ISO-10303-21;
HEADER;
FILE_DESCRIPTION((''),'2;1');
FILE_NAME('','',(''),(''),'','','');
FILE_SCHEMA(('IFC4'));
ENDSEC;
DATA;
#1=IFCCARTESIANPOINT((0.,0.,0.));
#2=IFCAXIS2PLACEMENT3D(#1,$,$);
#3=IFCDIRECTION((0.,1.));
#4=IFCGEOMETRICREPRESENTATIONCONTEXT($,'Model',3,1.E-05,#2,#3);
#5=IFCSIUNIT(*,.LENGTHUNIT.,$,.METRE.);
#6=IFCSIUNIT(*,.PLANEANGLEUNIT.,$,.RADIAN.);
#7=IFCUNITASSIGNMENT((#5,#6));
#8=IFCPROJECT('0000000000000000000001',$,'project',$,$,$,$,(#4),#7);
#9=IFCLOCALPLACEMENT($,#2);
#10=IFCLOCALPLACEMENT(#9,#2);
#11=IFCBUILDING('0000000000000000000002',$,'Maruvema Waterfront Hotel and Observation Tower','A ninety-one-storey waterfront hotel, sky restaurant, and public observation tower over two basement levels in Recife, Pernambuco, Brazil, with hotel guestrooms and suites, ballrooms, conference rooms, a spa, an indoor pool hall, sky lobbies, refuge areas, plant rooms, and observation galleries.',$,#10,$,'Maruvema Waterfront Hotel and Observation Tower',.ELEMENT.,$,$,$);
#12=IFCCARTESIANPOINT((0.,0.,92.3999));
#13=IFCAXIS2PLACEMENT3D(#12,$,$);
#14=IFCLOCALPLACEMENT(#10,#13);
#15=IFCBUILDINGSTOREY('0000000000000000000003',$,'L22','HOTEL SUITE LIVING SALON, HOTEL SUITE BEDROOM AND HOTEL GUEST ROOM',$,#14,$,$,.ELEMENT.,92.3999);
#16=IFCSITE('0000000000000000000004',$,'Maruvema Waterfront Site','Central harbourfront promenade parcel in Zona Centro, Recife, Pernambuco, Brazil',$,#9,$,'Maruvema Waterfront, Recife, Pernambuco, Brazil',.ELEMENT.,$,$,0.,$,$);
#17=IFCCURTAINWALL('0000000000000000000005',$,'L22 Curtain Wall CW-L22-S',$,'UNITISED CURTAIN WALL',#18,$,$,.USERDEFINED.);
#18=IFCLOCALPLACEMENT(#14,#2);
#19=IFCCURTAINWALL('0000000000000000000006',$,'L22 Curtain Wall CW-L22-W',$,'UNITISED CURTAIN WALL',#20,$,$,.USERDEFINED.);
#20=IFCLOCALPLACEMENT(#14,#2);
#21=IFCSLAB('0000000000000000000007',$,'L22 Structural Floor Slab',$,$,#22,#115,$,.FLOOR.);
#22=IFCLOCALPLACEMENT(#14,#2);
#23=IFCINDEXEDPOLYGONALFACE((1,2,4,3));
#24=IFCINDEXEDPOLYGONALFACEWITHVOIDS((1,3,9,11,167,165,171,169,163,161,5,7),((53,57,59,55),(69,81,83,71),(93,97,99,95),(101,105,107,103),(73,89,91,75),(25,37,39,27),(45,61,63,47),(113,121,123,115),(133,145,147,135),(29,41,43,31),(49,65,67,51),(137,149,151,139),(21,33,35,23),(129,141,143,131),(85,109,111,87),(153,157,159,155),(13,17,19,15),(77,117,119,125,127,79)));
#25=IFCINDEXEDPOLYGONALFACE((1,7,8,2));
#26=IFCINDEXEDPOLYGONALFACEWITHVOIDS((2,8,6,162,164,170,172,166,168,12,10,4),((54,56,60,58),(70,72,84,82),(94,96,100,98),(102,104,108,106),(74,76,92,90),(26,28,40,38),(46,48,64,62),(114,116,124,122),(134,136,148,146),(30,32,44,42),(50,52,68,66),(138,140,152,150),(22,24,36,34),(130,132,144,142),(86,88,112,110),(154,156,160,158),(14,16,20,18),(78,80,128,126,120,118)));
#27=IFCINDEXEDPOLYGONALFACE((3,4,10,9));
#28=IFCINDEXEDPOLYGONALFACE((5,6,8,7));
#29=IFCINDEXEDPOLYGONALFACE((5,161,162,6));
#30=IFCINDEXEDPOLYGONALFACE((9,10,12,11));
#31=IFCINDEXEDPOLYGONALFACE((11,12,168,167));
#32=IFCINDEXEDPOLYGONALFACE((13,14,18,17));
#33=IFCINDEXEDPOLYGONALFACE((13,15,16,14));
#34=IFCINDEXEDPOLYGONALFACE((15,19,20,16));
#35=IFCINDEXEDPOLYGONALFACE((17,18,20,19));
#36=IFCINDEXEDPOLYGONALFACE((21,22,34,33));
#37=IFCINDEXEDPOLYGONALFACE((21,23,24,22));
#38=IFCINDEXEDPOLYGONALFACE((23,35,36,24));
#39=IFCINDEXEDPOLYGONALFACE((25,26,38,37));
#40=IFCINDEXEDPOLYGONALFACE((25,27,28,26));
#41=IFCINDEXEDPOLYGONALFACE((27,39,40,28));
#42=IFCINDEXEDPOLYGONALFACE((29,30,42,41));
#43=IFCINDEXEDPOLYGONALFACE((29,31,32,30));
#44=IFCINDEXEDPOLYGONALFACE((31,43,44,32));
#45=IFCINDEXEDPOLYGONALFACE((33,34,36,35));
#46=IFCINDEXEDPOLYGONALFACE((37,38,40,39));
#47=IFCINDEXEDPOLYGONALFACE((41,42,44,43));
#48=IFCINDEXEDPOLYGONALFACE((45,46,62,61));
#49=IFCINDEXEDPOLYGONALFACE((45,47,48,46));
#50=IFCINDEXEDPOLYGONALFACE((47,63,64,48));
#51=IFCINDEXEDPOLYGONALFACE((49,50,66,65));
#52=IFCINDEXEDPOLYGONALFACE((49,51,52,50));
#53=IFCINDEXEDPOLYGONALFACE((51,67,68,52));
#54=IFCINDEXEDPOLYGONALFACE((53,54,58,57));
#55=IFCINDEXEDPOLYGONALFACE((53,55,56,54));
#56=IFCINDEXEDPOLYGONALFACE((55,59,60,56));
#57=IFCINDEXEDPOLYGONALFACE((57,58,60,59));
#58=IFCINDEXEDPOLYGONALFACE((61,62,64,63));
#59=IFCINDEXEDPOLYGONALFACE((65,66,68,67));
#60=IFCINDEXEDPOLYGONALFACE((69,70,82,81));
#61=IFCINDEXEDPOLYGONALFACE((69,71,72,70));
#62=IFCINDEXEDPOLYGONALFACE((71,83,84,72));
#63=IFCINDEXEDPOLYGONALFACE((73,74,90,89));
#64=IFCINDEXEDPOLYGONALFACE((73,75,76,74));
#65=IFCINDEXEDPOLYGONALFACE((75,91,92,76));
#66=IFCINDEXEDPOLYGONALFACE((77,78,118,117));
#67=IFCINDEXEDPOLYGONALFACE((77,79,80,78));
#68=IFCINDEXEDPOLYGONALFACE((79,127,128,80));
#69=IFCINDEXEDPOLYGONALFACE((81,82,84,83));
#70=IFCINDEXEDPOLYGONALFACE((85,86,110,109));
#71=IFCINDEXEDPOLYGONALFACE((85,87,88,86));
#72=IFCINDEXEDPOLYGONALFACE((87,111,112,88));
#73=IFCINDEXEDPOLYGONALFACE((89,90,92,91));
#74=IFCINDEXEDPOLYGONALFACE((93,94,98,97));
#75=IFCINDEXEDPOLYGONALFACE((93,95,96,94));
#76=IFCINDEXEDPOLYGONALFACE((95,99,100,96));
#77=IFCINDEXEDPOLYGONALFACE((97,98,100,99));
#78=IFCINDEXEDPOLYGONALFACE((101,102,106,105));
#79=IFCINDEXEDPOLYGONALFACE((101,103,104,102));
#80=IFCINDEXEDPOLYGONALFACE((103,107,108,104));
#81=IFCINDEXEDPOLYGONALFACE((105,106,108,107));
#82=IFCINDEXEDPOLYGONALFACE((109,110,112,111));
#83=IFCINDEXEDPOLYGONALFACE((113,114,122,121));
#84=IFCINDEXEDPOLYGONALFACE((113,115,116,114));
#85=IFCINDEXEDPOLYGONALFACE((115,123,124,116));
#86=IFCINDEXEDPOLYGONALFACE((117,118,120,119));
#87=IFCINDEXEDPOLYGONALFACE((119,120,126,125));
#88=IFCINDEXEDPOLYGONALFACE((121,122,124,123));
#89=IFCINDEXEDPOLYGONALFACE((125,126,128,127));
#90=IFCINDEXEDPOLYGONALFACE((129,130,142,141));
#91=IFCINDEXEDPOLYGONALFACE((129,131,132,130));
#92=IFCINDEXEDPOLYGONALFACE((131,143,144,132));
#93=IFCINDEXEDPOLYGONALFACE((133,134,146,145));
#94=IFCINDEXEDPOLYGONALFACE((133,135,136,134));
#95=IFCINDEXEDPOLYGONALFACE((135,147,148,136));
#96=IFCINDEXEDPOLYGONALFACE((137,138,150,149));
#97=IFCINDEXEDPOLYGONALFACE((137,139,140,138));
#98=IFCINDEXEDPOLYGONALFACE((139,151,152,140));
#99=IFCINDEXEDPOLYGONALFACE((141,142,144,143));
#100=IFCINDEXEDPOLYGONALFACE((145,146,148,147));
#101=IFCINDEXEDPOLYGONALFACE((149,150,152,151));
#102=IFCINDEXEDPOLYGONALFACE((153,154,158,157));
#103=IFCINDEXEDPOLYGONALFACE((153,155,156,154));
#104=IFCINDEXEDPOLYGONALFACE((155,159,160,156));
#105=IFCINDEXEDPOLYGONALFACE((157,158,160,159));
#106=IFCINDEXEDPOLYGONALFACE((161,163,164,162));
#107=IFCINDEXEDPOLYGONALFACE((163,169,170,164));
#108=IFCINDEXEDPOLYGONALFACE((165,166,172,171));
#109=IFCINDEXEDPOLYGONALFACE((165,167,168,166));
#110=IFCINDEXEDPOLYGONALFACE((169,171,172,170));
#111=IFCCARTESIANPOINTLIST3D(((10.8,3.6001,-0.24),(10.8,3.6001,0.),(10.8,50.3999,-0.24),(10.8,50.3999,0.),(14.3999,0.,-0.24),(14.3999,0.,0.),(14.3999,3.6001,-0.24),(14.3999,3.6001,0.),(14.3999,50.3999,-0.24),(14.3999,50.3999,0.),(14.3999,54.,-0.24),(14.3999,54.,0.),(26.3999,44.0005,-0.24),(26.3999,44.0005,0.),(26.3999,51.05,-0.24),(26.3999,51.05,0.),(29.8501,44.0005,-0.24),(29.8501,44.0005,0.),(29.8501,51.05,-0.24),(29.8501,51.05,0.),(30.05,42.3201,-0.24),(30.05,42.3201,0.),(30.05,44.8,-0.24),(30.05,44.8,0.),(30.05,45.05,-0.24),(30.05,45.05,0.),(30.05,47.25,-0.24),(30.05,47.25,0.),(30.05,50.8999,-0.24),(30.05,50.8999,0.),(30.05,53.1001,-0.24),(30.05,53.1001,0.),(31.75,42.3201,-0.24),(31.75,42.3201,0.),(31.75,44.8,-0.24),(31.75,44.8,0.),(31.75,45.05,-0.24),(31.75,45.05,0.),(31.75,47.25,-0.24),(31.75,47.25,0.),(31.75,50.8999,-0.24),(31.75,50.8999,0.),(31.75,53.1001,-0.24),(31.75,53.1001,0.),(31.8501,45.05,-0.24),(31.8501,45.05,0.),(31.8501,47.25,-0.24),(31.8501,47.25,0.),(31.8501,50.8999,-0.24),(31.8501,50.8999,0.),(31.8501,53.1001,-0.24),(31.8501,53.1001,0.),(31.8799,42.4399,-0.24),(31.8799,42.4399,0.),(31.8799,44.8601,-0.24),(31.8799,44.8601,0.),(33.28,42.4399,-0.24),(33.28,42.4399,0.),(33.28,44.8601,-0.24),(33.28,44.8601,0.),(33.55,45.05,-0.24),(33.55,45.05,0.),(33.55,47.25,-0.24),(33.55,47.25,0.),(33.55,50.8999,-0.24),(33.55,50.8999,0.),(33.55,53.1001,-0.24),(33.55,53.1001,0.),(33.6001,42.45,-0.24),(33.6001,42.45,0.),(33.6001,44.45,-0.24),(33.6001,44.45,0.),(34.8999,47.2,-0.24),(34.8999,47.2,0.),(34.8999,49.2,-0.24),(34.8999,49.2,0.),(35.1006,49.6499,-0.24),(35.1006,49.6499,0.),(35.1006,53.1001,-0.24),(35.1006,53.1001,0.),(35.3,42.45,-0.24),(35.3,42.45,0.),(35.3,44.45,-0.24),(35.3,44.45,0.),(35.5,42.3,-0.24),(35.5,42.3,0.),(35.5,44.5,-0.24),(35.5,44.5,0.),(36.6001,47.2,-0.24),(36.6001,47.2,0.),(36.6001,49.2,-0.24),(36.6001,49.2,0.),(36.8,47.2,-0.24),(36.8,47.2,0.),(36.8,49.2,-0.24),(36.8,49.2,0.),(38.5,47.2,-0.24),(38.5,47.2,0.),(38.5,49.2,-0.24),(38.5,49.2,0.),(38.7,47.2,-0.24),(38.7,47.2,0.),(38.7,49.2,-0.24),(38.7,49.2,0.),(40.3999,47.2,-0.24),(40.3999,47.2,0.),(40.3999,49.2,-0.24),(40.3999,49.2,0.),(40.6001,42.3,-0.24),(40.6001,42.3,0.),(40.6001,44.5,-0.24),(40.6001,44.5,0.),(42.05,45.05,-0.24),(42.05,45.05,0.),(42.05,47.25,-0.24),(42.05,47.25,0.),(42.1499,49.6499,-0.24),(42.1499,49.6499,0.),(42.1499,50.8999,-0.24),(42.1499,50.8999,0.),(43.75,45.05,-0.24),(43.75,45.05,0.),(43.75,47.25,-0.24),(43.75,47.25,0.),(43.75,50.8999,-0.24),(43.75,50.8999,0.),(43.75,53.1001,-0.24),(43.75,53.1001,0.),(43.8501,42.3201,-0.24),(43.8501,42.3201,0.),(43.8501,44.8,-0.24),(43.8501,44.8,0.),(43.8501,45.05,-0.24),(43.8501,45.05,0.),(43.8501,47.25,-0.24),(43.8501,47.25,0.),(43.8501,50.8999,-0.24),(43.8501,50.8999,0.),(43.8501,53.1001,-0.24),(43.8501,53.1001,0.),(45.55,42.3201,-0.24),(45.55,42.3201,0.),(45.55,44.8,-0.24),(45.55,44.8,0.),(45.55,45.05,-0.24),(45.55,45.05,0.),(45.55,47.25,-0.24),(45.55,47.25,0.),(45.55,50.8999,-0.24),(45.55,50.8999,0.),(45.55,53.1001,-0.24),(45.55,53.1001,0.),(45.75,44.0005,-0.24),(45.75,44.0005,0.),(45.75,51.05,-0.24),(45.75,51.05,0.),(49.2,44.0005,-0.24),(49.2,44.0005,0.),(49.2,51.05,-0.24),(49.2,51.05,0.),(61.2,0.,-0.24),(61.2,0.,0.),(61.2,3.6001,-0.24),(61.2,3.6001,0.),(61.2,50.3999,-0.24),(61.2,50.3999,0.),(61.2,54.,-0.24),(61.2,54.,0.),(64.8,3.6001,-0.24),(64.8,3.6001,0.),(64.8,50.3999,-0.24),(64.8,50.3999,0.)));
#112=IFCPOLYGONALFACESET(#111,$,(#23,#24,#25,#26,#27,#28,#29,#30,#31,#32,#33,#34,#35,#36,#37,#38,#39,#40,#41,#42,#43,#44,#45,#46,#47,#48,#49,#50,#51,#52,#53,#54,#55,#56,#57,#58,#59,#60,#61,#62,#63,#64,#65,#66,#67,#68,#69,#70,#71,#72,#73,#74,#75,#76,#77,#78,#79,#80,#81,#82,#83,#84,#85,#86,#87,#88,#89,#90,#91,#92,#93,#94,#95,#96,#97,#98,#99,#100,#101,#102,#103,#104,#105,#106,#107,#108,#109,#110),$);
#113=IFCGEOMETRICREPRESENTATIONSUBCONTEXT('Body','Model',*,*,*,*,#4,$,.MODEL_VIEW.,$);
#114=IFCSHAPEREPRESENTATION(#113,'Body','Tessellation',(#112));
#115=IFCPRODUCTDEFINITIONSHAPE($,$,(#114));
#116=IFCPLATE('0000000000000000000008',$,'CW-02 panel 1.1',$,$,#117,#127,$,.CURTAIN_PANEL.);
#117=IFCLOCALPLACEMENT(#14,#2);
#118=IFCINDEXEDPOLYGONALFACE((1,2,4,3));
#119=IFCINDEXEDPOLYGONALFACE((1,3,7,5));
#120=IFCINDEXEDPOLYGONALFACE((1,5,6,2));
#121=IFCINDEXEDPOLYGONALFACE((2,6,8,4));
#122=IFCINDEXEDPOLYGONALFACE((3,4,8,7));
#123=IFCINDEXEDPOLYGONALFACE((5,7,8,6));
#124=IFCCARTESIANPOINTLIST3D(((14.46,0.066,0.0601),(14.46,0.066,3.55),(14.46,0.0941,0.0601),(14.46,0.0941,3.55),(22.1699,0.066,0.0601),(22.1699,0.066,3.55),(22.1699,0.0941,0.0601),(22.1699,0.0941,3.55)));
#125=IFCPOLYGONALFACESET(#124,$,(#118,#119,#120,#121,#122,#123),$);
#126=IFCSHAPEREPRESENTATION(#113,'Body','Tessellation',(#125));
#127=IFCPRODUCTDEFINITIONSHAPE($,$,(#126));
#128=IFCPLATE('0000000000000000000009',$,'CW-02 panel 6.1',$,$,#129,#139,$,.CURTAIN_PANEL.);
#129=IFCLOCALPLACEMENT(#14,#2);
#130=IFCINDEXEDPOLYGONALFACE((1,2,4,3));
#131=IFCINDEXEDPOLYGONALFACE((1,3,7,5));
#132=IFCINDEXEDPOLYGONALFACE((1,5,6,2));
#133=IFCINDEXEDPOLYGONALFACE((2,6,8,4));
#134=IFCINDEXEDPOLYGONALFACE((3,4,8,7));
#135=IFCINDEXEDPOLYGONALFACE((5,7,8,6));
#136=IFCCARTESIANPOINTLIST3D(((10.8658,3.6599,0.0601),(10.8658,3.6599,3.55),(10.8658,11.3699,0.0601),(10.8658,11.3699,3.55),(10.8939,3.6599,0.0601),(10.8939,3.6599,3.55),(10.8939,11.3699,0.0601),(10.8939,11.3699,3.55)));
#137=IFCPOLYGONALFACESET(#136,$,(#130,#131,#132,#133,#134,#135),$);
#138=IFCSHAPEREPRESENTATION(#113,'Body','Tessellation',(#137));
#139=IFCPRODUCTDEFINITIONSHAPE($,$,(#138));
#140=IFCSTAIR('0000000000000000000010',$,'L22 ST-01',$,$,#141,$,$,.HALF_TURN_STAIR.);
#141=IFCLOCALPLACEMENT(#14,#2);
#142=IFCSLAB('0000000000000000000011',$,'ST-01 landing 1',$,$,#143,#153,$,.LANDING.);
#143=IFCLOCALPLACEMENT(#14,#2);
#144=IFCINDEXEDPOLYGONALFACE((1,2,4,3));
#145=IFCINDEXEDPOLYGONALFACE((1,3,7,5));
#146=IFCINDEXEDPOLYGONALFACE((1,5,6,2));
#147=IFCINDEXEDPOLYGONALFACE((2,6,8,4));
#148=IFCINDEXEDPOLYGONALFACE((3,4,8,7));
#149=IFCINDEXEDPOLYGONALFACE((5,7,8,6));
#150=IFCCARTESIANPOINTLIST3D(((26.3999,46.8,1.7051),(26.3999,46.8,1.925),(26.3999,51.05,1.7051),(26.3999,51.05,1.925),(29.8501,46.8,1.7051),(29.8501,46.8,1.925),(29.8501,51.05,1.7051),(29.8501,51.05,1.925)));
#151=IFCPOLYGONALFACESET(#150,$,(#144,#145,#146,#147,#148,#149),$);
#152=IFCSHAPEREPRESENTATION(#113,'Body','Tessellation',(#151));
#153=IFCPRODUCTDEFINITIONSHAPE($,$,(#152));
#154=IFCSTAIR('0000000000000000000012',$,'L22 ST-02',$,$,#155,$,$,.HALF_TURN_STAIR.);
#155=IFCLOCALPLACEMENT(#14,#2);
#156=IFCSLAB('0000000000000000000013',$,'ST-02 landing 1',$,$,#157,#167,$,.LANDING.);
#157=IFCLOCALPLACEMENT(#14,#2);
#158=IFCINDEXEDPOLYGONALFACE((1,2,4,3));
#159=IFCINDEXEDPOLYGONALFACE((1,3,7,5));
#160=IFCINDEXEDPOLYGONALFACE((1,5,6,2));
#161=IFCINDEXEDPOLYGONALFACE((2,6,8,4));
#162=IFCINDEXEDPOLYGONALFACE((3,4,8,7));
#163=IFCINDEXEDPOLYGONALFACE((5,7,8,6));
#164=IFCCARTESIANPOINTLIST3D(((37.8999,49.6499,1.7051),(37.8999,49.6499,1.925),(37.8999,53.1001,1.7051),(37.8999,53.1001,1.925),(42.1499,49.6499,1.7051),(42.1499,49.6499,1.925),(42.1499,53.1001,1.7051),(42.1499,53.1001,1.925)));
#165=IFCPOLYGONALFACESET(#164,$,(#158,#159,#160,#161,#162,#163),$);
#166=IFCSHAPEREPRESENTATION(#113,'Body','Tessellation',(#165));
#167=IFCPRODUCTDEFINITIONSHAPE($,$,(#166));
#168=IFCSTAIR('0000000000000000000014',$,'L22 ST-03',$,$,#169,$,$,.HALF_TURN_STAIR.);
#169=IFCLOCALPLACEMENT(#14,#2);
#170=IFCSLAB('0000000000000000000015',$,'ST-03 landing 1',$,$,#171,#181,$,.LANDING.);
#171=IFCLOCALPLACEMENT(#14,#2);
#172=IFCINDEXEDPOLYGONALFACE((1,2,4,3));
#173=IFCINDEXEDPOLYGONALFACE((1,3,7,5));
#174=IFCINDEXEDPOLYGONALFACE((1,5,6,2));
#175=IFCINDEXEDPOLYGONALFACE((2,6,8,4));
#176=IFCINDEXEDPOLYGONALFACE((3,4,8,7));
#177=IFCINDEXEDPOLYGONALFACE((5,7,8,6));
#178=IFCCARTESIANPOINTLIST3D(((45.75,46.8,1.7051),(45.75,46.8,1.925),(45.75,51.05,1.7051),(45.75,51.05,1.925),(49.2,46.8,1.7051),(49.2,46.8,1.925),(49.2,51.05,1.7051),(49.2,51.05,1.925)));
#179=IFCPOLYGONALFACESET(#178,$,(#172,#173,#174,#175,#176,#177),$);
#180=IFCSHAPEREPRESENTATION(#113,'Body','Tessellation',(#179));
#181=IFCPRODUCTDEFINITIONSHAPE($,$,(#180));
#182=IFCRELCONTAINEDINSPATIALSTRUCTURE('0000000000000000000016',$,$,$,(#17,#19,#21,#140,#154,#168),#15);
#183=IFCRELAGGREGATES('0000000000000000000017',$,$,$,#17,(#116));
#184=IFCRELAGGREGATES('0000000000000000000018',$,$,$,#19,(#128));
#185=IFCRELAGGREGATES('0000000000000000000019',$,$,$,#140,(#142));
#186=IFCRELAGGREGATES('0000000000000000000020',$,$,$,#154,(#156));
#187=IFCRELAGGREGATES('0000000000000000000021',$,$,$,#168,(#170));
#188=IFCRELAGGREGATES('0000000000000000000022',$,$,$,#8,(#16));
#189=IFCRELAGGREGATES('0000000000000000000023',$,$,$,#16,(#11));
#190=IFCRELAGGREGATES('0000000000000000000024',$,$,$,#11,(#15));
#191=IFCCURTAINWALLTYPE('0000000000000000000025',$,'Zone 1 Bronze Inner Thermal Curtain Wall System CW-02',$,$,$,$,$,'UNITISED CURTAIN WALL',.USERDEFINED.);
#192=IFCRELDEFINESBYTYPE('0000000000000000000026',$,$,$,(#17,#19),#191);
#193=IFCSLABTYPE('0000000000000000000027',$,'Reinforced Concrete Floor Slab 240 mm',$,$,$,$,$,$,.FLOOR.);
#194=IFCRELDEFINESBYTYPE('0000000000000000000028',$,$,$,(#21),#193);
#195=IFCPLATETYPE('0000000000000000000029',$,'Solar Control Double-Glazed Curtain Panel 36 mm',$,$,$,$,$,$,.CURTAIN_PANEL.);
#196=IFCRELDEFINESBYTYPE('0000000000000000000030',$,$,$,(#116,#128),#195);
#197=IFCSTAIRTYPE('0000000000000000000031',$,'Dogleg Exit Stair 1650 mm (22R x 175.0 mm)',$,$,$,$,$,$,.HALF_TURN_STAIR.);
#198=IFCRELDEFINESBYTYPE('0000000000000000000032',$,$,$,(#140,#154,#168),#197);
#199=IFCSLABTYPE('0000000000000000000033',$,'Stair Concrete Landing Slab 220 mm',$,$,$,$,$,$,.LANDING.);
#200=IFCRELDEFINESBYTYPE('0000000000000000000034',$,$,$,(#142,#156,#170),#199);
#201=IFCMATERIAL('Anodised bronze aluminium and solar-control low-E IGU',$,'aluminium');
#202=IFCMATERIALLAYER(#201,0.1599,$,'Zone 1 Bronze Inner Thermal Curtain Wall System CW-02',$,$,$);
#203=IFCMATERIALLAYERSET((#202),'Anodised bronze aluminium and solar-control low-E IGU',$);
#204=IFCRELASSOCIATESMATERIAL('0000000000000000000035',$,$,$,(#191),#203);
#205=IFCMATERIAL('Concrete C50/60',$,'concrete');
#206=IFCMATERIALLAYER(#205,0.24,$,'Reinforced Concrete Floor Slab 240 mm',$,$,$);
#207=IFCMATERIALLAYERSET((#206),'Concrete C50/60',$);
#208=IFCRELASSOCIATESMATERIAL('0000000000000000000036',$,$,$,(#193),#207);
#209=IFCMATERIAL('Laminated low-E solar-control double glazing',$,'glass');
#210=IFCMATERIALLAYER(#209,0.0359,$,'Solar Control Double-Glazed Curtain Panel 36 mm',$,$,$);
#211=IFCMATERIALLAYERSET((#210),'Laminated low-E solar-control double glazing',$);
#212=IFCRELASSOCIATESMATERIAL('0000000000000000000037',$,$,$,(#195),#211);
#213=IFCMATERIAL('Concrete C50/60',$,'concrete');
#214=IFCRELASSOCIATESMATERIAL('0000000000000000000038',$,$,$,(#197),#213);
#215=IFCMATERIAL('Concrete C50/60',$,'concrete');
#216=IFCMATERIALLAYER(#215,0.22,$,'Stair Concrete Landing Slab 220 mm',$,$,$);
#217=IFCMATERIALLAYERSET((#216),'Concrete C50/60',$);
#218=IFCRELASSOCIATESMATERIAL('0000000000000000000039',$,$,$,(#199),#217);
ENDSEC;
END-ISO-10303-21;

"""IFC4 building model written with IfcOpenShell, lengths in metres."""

from ifc_helpers import new_model, si_unit, direction, frame, origin, origin_2d, place, context, subcontext, project, spatial, polyline, rectangle, outline, extrude, material, layer, layer_set, type_object, element, aggregate, save


model = new_model("IFC4")

# Units and contexts
model_context = context("Model", 3, precision=1e-05, world=origin(), true_north=direction((0.0, 1.0)))
body_context = subcontext(model_context, "Body", "Model", "MODEL_VIEW")
ifc_project = project(units=[si_unit("LENGTHUNIT", "METRE"), si_unit("PLANEANGLEUNIT", "RADIAN")], contexts=[model_context])

# Site, building, storey
site_placement = place(None, origin())
site = spatial("IfcSite", under=ifc_project, at=site_placement, Name="Maruvema Waterfront Site", Description="Central harbourfront promenade parcel in Zona Centro, Recife, Pernambuco, Brazil", LongName="Maruvema Waterfront, Recife, Pernambuco, Brazil", CompositionType="ELEMENT", RefElevation=0.0)
building_placement = place(site_placement, origin())
building = spatial("IfcBuilding", under=site, at=building_placement, Name="Maruvema Waterfront Hotel and Observation Tower", Description="A ninety-one-storey waterfront hotel, sky restaurant, and public observation tower over two basement levels in Recife, Pernambuco, Brazil, with hotel guestrooms and suites, ballrooms, conference rooms, a spa, an indoor pool hall, sky lobbies, refuge areas, plant rooms, and observation galleries.", LongName="Maruvema Waterfront Hotel and Observation Tower", CompositionType="ELEMENT")
storey_placement = place(building_placement, frame((0.0, 0.0, 92.3999)))
storey = spatial("IfcBuildingStorey", under=building, at=storey_placement, Name="L22", Description="HOTEL SUITE LIVING SALON, HOTEL SUITE BEDROOM AND HOTEL GUEST ROOM", CompositionType="ELEMENT", Elevation=92.3999)

# Curtain walls
ifc_material_1 = material(Name="Anodised bronze aluminium and solar-control low-E IGU", Category="aluminium")
ifc_layer_1 = layer(ifc_material_1, 0.1599, Name="Zone 1 Bronze Inner Thermal Curtain Wall System CW-02")
ifc_layer_set_1 = layer_set([ifc_layer_1], Name="Anodised bronze aluminium and solar-control low-E IGU")
curtain_wall_type = type_object("IfcCurtainWallType", Name="Zone 1 Bronze Inner Thermal Curtain Wall System CW-02", ElementType="UNITISED CURTAIN WALL", PredefinedType="USERDEFINED", material=ifc_layer_set_1)
curtain_wall_1_placement = place(storey_placement, origin())
curtain_wall_1 = element("IfcCurtainWall", 1, at=curtain_wall_1_placement, inside=storey, type_object=curtain_wall_type, Name="L22 Curtain Wall CW-L22-S", ObjectType="UNITISED CURTAIN WALL", PredefinedType="USERDEFINED")
curtain_wall_2_placement = place(storey_placement, origin())
curtain_wall_2 = element("IfcCurtainWall", 2, at=curtain_wall_2_placement, inside=storey, type_object=curtain_wall_type, Name="L22 Curtain Wall CW-L22-W", ObjectType="UNITISED CURTAIN WALL", PredefinedType="USERDEFINED")

# Slab
ifc_material_2 = material(Name="Concrete C50/60", Category="concrete")
ifc_layer_2 = layer(ifc_material_2, 0.24, Name="Reinforced Concrete Floor Slab 240 mm")
ifc_layer_set_2 = layer_set([ifc_layer_2], Name="Concrete C50/60")
slab_type_1 = type_object("IfcSlabType", Name="Reinforced Concrete Floor Slab 240 mm", PredefinedType="FLOOR", material=ifc_layer_set_2)
slab_1_placement = place(storey_placement, frame((0.0, 0.0, -0.24)))
element("IfcSlab", 3, at=slab_1_placement, inside=storey, type_object=slab_type_1, Name="L22 Structural Floor Slab", PredefinedType="FLOOR", context=body_context, shape_type="SweptSolid", body=[
    extrude(outline(polyline([(14.3999, 0.0), (61.2, 0.0), (61.2, 3.6001), (64.8, 3.6001), (64.8, 50.3999), (61.2, 50.3999), (61.2, 54.0), (14.3999, 54.0), (14.3999, 50.3999), (10.8, 50.3999), (10.8, 3.6001), (14.3999, 3.6001), (14.3999, 0.0)]), holes=[polyline([(26.3999, 44.0005), (26.3999, 51.05), (29.8501, 51.05), (29.8501, 44.0005), (26.3999, 44.0005)]), polyline([(30.05, 44.8), (31.75, 44.8), (31.75, 42.3201), (30.05, 42.3201), (30.05, 44.8)]), polyline([(31.75, 47.25), (31.75, 45.05), (30.05, 45.05), (30.05, 47.25), (31.75, 47.25)]), polyline([(31.75, 53.1001), (31.75, 50.8999), (30.05, 50.8999), (30.05, 53.1001), (31.75, 53.1001)]), polyline([(33.28, 44.8601), (33.28, 42.4399), (31.8799, 42.4399), (31.8799, 44.8601), (33.28, 44.8601)]), polyline([(31.8501, 47.25), (33.55, 47.25), (33.55, 45.05), (31.8501, 45.05), (31.8501, 47.25)]), polyline([(31.8501, 53.1001), (33.55, 53.1001), (33.55, 50.8999), (31.8501, 50.8999), (31.8501, 53.1001)]), polyline([(33.6001, 44.45), (35.3, 44.45), (35.3, 42.45), (33.6001, 42.45), (33.6001, 44.45)]), polyline([(34.8999, 49.2), (36.6001, 49.2), (36.6001, 47.2), (34.8999, 47.2), (34.8999, 49.2)]), polyline([(38.5, 49.2), (38.5, 47.2), (36.8, 47.2), (36.8, 49.2), (38.5, 49.2)]), polyline([(35.5, 44.5), (40.6001, 44.5), (40.6001, 42.3), (35.5, 42.3), (35.5, 44.5)]), polyline([(43.75, 50.8999), (42.1499, 50.8999), (42.1499, 49.6499), (35.1006, 49.6499), (35.1006, 53.1001), (43.75, 53.1001), (43.75, 50.8999)]), polyline([(40.3999, 49.2), (40.3999, 47.2), (38.7, 47.2), (38.7, 49.2), (40.3999, 49.2)]), polyline([(43.75, 47.25), (43.75, 45.05), (42.05, 45.05), (42.05, 47.25), (43.75, 47.25)]), polyline([(45.55, 44.8), (45.55, 42.3201), (43.8501, 42.3201), (43.8501, 44.8), (45.55, 44.8)]), polyline([(43.8501, 47.25), (45.55, 47.25), (45.55, 45.05), (43.8501, 45.05), (43.8501, 47.25)]), polyline([(45.55, 53.1001), (45.55, 50.8999), (43.8501, 50.8999), (43.8501, 53.1001), (45.55, 53.1001)]), polyline([(45.75, 51.05), (49.2, 51.05), (49.2, 44.0005), (45.75, 44.0005), (45.75, 51.05)])]), origin(), (0.0, 0.0, 1.0), 0.24),
])

# Plates
ifc_material_3 = material(Name="Laminated low-E solar-control double glazing", Category="glass")
ifc_layer_3 = layer(ifc_material_3, 0.0359, Name="Solar Control Double-Glazed Curtain Panel 36 mm")
ifc_layer_set_3 = layer_set([ifc_layer_3], Name="Laminated low-E solar-control double glazing")
plate_type = type_object("IfcPlateType", Name="Solar Control Double-Glazed Curtain Panel 36 mm", PredefinedType="CURTAIN_PANEL", material=ifc_layer_set_3)
plate_1_placement = place(storey_placement, frame((18.3149, 0.0801, 0.0601), z_axis=(0.0, 0.0, 1.0), x_axis=(1.0, 0.0, 0.0)))
plate_1 = element("IfcPlate", 4, at=plate_1_placement, type_object=plate_type, Name="CW-02 panel 1.1", PredefinedType="CURTAIN_PANEL", context=body_context, shape_type="SweptSolid", body=[
    extrude(rectangle(XDim=7.71, YDim=0.0281, at=origin_2d()), origin(), (0.0, 0.0, 1.0), 3.49),
])
aggregate(curtain_wall_1, [plate_1])
plate_2_placement = place(storey_placement, frame((10.8799, 7.5149, 0.0601), z_axis=(0.0, 0.0, 1.0), x_axis=(0.0, -1.0, 0.0)))
plate_2 = element("IfcPlate", 5, at=plate_2_placement, type_object=plate_type, Name="CW-02 panel 6.1", PredefinedType="CURTAIN_PANEL", context=body_context, shape_type="SweptSolid", body=[
    extrude(rectangle(XDim=7.71, YDim=0.0281, at=origin_2d()), origin(), (0.0, 0.0, 1.0), 3.49),
])
aggregate(curtain_wall_2, [plate_2])

# Stairs, slabs
ifc_material_4 = material(Name="Concrete C50/60", Category="concrete")
stair_type = type_object("IfcStairType", Name="Dogleg Exit Stair 1650 mm (22R x 175.0 mm)", PredefinedType="HALF_TURN_STAIR", material=ifc_material_4)
stair_1_placement = place(storey_placement, origin())
stair_1 = element("IfcStair", 6, at=stair_1_placement, inside=storey, type_object=stair_type, Name="L22 ST-01", PredefinedType="HALF_TURN_STAIR")
ifc_material_5 = material(Name="Concrete C50/60", Category="concrete")
ifc_layer_4 = layer(ifc_material_5, 0.22, Name="Stair Concrete Landing Slab 220 mm")
ifc_layer_set_4 = layer_set([ifc_layer_4], Name="Concrete C50/60")
slab_type_2 = type_object("IfcSlabType", Name="Stair Concrete Landing Slab 220 mm", PredefinedType="LANDING", material=ifc_layer_set_4)
slab_2_placement = place(storey_placement, frame((0.0, 0.0, 1.7051)))
slab_2 = element("IfcSlab", 7, at=slab_2_placement, type_object=slab_type_2, Name="ST-01 landing 1", PredefinedType="LANDING", context=body_context, shape_type="SweptSolid", body=[
    extrude(outline(polyline([(29.8501, 46.8), (29.8501, 51.05), (26.3999, 51.05), (26.3999, 46.8), (29.8501, 46.8)])), origin(), (0.0, 0.0, 1.0), 0.22),
])
aggregate(stair_1, [slab_2])
stair_2_placement = place(storey_placement, origin())
stair_2 = element("IfcStair", 8, at=stair_2_placement, inside=storey, type_object=stair_type, Name="L22 ST-02", PredefinedType="HALF_TURN_STAIR")
slab_3_placement = place(storey_placement, frame((0.0, 0.0, 1.7051)))
slab_3 = element("IfcSlab", 9, at=slab_3_placement, type_object=slab_type_2, Name="ST-02 landing 1", PredefinedType="LANDING", context=body_context, shape_type="SweptSolid", body=[
    extrude(outline(polyline([(37.8999, 49.6499), (42.1499, 49.6499), (42.1499, 53.1001), (37.8999, 53.1001), (37.8999, 49.6499)])), origin(), (0.0, 0.0, 1.0), 0.22),
])
aggregate(stair_2, [slab_3])
stair_3_placement = place(storey_placement, origin())
stair_3 = element("IfcStair", 10, at=stair_3_placement, inside=storey, type_object=stair_type, Name="L22 ST-03", PredefinedType="HALF_TURN_STAIR")
slab_4_placement = place(storey_placement, frame((0.0, 0.0, 1.7051)))
slab_4 = element("IfcSlab", 11, at=slab_4_placement, type_object=slab_type_2, Name="ST-03 landing 1", PredefinedType="LANDING", context=body_context, shape_type="SweptSolid", body=[
    extrude(outline(polyline([(49.2, 46.8), (49.2, 51.05), (45.75, 51.05), (45.75, 46.8), (49.2, 46.8)])), origin(), (0.0, 0.0, 1.0), 0.22),
])
aggregate(stair_3, [slab_4])

save(model, "model.ifc")
